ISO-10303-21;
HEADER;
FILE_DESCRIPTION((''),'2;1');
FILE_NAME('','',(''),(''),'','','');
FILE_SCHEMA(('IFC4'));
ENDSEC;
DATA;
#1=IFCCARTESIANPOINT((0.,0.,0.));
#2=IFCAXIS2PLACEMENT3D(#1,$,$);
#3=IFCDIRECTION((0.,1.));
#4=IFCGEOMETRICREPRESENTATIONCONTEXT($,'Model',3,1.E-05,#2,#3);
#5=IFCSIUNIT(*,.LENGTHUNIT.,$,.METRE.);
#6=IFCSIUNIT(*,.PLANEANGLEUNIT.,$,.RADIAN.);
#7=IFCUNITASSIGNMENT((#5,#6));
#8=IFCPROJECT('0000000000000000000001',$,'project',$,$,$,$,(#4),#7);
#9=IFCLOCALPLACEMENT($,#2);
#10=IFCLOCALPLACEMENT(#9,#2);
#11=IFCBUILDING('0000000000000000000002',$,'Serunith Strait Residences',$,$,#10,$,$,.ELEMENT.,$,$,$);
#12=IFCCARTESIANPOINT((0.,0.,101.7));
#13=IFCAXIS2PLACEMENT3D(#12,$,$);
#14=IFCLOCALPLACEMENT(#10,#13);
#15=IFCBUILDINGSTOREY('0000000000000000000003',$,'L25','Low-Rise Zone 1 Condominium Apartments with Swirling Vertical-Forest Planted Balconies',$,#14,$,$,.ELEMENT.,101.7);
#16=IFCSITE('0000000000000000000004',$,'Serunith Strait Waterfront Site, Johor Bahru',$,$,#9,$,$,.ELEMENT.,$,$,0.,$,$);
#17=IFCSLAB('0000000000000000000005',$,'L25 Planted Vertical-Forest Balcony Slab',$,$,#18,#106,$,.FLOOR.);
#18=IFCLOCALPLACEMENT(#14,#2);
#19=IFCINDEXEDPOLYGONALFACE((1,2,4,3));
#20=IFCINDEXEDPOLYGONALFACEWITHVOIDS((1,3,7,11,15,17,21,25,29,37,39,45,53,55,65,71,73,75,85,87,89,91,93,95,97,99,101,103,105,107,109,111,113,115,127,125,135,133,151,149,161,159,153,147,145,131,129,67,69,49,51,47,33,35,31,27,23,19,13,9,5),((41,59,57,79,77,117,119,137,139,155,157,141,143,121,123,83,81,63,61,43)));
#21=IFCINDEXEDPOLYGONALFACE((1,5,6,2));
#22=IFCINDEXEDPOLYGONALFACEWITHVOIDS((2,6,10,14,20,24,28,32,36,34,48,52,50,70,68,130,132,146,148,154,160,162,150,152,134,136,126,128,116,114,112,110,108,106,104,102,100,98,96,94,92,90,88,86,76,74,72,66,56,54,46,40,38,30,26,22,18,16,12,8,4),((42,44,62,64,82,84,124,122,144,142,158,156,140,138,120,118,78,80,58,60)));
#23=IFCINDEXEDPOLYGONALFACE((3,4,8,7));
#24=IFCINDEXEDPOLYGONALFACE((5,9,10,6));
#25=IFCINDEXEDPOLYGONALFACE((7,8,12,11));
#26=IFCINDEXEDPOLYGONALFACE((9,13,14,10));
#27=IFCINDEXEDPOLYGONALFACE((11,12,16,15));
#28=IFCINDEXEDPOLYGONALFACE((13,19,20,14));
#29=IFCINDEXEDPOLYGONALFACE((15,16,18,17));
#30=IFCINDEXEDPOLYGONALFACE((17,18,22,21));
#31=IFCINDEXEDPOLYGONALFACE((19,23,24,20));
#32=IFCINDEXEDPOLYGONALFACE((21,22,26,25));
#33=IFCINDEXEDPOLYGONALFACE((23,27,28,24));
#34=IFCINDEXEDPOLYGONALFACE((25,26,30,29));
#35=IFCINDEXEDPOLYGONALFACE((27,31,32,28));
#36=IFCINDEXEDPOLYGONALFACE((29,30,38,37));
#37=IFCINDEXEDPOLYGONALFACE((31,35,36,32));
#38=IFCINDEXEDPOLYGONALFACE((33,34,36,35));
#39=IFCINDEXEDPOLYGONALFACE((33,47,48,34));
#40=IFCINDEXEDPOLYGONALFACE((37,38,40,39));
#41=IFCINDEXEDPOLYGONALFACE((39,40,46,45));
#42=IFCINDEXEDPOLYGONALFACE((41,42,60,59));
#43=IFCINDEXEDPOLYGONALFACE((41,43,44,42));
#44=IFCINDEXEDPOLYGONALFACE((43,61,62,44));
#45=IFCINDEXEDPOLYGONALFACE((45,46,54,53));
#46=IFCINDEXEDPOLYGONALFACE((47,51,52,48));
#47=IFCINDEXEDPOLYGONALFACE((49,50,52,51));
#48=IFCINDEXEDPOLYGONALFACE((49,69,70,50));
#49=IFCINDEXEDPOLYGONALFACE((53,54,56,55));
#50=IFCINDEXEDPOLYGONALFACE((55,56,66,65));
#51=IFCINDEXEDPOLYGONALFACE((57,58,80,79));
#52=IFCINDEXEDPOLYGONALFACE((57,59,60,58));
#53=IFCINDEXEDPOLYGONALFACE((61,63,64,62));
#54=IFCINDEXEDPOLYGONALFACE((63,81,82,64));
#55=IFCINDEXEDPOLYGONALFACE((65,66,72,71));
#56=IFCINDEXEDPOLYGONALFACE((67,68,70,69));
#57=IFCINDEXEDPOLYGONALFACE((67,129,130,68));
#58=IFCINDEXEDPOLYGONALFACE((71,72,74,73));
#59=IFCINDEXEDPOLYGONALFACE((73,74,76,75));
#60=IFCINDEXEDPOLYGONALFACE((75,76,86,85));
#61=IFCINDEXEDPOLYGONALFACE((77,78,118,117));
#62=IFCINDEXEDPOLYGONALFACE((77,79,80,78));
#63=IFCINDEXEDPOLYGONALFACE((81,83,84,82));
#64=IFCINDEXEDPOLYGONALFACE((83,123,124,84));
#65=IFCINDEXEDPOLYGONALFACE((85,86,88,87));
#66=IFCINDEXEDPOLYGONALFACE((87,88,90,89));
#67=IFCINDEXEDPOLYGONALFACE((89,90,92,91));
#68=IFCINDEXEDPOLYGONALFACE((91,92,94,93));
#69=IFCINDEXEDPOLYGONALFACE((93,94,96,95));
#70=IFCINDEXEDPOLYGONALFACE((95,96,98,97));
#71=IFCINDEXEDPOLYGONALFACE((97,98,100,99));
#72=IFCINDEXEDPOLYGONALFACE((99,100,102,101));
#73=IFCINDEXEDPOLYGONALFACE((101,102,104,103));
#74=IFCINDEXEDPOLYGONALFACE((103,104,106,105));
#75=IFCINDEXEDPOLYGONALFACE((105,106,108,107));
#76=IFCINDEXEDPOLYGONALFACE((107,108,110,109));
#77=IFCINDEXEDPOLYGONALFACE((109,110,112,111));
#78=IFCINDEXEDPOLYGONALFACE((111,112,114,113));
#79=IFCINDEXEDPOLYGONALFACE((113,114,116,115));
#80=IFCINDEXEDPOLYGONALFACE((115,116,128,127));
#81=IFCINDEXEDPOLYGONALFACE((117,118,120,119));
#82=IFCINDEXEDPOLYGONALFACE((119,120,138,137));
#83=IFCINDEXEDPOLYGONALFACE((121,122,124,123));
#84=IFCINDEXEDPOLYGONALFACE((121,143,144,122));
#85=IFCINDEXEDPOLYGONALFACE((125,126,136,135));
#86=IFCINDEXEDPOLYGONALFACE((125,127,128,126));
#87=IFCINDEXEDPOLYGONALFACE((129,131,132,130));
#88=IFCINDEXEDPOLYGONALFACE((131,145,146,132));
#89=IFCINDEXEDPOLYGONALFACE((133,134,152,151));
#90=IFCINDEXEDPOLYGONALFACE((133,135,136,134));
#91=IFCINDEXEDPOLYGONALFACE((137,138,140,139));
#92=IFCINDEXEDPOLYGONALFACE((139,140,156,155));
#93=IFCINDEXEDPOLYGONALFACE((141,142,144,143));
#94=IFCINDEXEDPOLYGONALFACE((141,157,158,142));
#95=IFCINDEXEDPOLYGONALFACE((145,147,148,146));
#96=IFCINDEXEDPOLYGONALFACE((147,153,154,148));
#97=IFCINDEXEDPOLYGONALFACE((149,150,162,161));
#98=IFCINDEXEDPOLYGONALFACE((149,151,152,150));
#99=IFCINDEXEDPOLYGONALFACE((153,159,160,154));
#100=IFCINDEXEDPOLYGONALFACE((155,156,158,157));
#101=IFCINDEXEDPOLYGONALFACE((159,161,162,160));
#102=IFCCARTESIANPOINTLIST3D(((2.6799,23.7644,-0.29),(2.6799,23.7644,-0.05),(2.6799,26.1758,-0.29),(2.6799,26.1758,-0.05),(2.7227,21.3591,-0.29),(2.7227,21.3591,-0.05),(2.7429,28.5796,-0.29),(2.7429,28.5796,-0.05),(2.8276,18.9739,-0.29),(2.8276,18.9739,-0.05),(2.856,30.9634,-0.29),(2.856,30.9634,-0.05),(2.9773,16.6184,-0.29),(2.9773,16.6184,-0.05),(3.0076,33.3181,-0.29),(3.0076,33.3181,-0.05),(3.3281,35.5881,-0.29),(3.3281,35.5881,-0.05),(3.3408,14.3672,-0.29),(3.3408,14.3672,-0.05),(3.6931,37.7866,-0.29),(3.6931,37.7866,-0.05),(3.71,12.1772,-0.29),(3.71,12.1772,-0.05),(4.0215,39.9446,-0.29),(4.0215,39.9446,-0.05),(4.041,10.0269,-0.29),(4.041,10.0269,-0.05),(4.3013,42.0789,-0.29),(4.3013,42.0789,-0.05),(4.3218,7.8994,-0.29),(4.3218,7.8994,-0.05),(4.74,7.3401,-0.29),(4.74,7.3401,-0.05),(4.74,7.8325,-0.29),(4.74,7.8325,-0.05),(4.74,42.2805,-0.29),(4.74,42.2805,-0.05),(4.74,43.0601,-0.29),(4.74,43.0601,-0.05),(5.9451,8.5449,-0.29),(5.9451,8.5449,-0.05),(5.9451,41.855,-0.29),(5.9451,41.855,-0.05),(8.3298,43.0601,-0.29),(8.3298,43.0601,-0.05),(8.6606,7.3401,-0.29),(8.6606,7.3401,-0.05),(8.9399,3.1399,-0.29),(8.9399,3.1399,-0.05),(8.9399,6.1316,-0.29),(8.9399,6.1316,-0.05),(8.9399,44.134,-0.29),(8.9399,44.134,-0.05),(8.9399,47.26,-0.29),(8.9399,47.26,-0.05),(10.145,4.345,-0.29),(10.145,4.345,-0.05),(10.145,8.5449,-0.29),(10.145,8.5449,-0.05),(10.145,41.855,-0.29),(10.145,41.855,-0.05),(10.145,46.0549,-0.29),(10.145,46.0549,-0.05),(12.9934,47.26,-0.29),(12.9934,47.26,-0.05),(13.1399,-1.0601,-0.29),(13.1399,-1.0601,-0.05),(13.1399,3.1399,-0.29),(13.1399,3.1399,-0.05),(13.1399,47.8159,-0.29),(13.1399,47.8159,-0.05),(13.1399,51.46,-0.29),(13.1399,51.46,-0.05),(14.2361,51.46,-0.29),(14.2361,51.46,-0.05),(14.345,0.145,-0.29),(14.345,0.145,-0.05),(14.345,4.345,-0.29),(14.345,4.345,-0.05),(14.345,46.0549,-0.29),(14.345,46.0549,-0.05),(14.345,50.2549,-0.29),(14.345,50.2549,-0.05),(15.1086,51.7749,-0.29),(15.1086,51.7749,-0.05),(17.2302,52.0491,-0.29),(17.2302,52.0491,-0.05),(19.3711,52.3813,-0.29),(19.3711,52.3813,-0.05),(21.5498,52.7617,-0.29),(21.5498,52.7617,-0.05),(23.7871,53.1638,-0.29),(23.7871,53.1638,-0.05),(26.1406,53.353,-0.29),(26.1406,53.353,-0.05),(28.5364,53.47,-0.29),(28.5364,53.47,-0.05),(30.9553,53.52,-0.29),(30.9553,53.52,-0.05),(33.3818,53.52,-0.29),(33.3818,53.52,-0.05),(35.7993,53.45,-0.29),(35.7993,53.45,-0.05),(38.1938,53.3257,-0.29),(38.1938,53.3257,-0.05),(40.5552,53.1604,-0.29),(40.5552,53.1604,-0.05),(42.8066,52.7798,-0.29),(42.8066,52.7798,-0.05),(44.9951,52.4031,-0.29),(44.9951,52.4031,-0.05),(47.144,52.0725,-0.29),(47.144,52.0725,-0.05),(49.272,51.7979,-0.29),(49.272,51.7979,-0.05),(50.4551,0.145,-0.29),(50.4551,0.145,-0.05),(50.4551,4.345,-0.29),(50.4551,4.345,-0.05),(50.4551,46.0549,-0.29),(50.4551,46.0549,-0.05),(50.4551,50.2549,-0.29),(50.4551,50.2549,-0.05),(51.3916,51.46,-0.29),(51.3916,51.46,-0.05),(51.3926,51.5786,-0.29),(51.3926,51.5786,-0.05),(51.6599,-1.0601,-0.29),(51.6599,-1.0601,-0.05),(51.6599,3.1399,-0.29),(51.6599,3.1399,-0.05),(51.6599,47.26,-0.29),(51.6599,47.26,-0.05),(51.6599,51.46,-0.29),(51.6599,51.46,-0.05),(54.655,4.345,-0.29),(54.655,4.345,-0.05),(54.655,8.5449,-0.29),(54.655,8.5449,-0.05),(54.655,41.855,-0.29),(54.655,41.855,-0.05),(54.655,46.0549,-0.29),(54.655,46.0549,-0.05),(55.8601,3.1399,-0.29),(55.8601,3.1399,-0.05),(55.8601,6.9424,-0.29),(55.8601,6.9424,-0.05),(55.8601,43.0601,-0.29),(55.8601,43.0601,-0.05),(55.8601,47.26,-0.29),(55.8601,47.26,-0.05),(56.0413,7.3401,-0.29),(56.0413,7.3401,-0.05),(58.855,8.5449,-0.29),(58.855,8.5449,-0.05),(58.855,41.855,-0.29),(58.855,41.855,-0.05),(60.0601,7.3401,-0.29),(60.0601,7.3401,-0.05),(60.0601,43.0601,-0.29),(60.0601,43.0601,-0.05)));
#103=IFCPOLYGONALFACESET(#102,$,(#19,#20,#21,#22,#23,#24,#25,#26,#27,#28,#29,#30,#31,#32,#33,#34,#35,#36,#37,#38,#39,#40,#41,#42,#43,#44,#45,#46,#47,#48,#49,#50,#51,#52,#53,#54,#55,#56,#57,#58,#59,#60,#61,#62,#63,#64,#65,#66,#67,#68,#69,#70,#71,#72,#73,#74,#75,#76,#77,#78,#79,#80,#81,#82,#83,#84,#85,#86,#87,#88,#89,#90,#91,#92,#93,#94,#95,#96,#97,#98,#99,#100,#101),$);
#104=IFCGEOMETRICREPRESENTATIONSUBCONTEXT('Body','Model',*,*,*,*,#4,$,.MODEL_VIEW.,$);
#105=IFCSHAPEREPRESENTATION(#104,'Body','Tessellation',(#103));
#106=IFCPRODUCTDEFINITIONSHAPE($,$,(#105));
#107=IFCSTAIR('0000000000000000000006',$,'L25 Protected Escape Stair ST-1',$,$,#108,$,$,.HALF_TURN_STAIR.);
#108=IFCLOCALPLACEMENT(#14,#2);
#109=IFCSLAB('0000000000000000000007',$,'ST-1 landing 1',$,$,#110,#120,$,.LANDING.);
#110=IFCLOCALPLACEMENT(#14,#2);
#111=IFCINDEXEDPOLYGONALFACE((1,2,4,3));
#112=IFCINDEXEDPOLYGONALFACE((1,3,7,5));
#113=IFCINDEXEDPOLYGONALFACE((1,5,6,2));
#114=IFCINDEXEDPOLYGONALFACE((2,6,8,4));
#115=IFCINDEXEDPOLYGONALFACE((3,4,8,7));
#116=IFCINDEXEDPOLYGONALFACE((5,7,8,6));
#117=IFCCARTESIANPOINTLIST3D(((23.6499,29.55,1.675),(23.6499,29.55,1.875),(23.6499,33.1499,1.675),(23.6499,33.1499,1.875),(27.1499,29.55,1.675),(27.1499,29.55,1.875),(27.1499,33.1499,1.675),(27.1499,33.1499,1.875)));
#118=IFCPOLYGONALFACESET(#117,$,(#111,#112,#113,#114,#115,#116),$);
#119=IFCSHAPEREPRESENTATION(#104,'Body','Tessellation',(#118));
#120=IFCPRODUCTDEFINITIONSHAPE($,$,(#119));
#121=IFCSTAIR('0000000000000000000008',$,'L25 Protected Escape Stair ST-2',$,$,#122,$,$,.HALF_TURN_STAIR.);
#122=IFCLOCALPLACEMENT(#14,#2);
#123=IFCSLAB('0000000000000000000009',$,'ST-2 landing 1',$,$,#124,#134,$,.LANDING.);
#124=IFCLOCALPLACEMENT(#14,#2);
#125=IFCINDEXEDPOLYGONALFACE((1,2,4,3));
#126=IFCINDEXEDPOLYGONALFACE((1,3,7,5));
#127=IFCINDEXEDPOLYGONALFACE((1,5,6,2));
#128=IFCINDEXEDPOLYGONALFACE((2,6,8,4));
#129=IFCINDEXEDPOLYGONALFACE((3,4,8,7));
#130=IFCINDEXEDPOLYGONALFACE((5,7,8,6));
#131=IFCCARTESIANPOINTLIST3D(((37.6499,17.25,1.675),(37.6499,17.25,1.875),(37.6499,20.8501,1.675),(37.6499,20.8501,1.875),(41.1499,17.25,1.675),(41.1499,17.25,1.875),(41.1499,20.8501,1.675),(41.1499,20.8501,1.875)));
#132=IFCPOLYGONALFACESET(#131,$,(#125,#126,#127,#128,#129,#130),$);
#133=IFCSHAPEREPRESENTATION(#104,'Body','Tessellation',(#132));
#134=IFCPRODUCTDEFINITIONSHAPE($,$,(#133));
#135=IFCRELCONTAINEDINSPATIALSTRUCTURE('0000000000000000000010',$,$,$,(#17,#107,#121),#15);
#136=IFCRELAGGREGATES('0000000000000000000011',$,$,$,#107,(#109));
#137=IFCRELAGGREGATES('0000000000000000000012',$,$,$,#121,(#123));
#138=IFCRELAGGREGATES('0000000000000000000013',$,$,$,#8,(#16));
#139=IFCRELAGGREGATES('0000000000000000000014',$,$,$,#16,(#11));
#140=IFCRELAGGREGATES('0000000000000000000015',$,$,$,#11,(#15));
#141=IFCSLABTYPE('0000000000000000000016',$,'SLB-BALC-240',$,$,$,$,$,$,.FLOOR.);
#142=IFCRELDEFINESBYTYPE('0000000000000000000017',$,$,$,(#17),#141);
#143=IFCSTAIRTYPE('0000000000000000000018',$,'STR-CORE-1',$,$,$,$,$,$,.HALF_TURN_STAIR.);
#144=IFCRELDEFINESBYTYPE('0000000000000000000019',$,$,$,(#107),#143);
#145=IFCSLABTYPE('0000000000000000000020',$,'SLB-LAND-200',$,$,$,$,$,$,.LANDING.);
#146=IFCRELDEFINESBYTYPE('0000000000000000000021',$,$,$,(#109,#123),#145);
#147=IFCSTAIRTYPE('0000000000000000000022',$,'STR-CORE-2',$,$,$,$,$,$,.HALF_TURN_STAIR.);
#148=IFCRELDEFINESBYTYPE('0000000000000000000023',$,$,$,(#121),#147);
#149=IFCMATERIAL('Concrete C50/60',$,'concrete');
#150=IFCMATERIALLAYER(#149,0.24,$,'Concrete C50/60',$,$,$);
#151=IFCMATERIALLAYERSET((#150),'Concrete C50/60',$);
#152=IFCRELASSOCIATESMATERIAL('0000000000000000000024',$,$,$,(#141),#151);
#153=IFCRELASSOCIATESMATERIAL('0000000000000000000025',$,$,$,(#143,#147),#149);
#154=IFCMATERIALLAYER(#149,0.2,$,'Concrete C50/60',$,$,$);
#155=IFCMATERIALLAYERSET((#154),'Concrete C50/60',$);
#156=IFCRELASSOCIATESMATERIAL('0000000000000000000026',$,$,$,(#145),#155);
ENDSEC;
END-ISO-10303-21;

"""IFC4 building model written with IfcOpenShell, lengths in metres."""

from ifc_helpers import new_model, si_unit, direction, frame, origin, place, context, subcontext, project, spatial, polyline, outline, extrude, material, layer, layer_set, type_object, element, aggregate, save


model = new_model("IFC4")

# Units and contexts
model_context = context("Model", 3, precision=1e-05, world=origin(), true_north=direction((0.0, 1.0)))
body_context = subcontext(model_context, "Body", "Model", "MODEL_VIEW")
ifc_project = project(units=[si_unit("LENGTHUNIT", "METRE"), si_unit("PLANEANGLEUNIT", "RADIAN")], contexts=[model_context])

# Site, building, storey
site_placement = place(None, origin())
site = spatial("IfcSite", under=ifc_project, at=site_placement, Name="Serunith Strait Waterfront Site, Johor Bahru", CompositionType="ELEMENT", RefElevation=0.0)
building_placement = place(site_placement, origin())
building = spatial("IfcBuilding", under=site, at=building_placement, Name="Serunith Strait Residences", CompositionType="ELEMENT")
storey_placement = place(building_placement, frame((0.0, 0.0, 101.7)))
storey = spatial("IfcBuildingStorey", under=building, at=storey_placement, Name="L25", Description="Low-Rise Zone 1 Condominium Apartments with Swirling Vertical-Forest Planted Balconies", CompositionType="ELEMENT", Elevation=101.7)

# Slab
ifc_material_1 = material(Name="Concrete C50/60", Category="concrete")
ifc_layer_1 = layer(ifc_material_1, 0.24, Name="Concrete C50/60")
ifc_layer_set_1 = layer_set([ifc_layer_1], Name="Concrete C50/60")
slab_type_1 = type_object("IfcSlabType", Name="SLB-BALC-240", PredefinedType="FLOOR", material=ifc_layer_set_1)
slab_1_placement = place(storey_placement, frame((0.0, 0.0, -0.29)))
element("IfcSlab", 1, at=slab_1_placement, inside=storey, type_object=slab_type_1, Name="L25 Planted Vertical-Forest Balcony Slab", PredefinedType="FLOOR", context=body_context, shape_type="SweptSolid", body=[
    extrude(outline(polyline([(4.74, 7.8325), (4.3218, 7.8994), (4.041, 10.0269), (3.71, 12.1772), (3.3408, 14.3672), (2.9773, 16.6184), (2.8276, 18.9739), (2.7227, 21.3591), (2.6799, 23.7644), (2.6799, 26.1758), (2.7429, 28.5796), (2.856, 30.9634), (3.0076, 33.3181), (3.3281, 35.5881), (3.6931, 37.7866), (4.0215, 39.9446), (4.3013, 42.0789), (4.74, 42.2805), (4.74, 43.0601), (8.3298, 43.0601), (8.9399, 44.134), (8.9399, 47.26), (12.9934, 47.26), (13.1399, 47.8159), (13.1399, 51.46), (14.2361, 51.46), (15.1086, 51.7749), (17.2302, 52.0491), (19.3711, 52.3813), (21.5498, 52.7617), (23.7871, 53.1638), (26.1406, 53.353), (28.5364, 53.47), (30.9553, 53.52), (33.3818, 53.52), (35.7993, 53.45), (38.1938, 53.3257), (40.5552, 53.1604), (42.8066, 52.7798), (44.9951, 52.4031), (47.144, 52.0725), (49.272, 51.7979), (51.3926, 51.5786), (51.3916, 51.46), (51.6599, 51.46), (51.6599, 47.26), (55.8601, 47.26), (55.8601, 43.0601), (60.0601, 43.0601), (60.0601, 7.3401), (56.0413, 7.3401), (55.8601, 6.9424), (55.8601, 3.1399), (51.6599, 3.1399), (51.6599, -1.0601), (13.1399, -1.0601), (13.1399, 3.1399), (8.9399, 3.1399), (8.9399, 6.1316), (8.6606, 7.3401), (4.74, 7.3401), (4.74, 7.8325)]), holes=[polyline([(50.4551, 0.145), (50.4551, 4.345), (54.655, 4.345), (54.655, 8.5449), (58.855, 8.5449), (58.855, 41.855), (54.655, 41.855), (54.655, 46.0549), (50.4551, 46.0549), (50.4551, 50.2549), (14.345, 50.2549), (14.345, 46.0549), (10.145, 46.0549), (10.145, 41.855), (5.9451, 41.855), (5.9451, 8.5449), (10.145, 8.5449), (10.145, 4.345), (14.345, 4.345), (14.345, 0.145), (50.4551, 0.145)])]), origin(), (0.0, 0.0, 1.0), 0.24),
])

# Stairs, slabs
stair_type_1 = type_object("IfcStairType", Name="STR-CORE-1", PredefinedType="HALF_TURN_STAIR", material=ifc_material_1)
stair_1_placement = place(storey_placement, origin())
stair_1 = element("IfcStair", 2, at=stair_1_placement, inside=storey, type_object=stair_type_1, Name="L25 Protected Escape Stair ST-1", PredefinedType="HALF_TURN_STAIR")
ifc_layer_2 = layer(ifc_material_1, 0.2, Name="Concrete C50/60")
ifc_layer_set_2 = layer_set([ifc_layer_2], Name="Concrete C50/60")
slab_type_2 = type_object("IfcSlabType", Name="SLB-LAND-200", PredefinedType="LANDING", material=ifc_layer_set_2)
slab_2_placement = place(storey_placement, frame((0.0, 0.0, 1.675)))
slab_2 = element("IfcSlab", 3, at=slab_2_placement, type_object=slab_type_2, Name="ST-1 landing 1", PredefinedType="LANDING", context=body_context, shape_type="SweptSolid", body=[
    extrude(outline(polyline([(27.1499, 29.55), (27.1499, 33.1499), (23.6499, 33.1499), (23.6499, 29.55), (27.1499, 29.55)])), origin(), (0.0, 0.0, 1.0), 0.2),
])
aggregate(stair_1, [slab_2])
stair_type_2 = type_object("IfcStairType", Name="STR-CORE-2", PredefinedType="HALF_TURN_STAIR", material=ifc_material_1)
stair_2_placement = place(storey_placement, origin())
stair_2 = element("IfcStair", 4, at=stair_2_placement, inside=storey, type_object=stair_type_2, Name="L25 Protected Escape Stair ST-2", PredefinedType="HALF_TURN_STAIR")
slab_3_placement = place(storey_placement, frame((0.0, 0.0, 1.675)))
slab_3 = element("IfcSlab", 5, at=slab_3_placement, type_object=slab_type_2, Name="ST-2 landing 1", PredefinedType="LANDING", context=body_context, shape_type="SweptSolid", body=[
    extrude(outline(polyline([(37.6499, 20.8501), (37.6499, 17.25), (41.1499, 17.25), (41.1499, 20.8501), (37.6499, 20.8501)])), origin(), (0.0, 0.0, 1.0), 0.2),
])
aggregate(stair_2, [slab_3])

save(model, "model.ifc")
